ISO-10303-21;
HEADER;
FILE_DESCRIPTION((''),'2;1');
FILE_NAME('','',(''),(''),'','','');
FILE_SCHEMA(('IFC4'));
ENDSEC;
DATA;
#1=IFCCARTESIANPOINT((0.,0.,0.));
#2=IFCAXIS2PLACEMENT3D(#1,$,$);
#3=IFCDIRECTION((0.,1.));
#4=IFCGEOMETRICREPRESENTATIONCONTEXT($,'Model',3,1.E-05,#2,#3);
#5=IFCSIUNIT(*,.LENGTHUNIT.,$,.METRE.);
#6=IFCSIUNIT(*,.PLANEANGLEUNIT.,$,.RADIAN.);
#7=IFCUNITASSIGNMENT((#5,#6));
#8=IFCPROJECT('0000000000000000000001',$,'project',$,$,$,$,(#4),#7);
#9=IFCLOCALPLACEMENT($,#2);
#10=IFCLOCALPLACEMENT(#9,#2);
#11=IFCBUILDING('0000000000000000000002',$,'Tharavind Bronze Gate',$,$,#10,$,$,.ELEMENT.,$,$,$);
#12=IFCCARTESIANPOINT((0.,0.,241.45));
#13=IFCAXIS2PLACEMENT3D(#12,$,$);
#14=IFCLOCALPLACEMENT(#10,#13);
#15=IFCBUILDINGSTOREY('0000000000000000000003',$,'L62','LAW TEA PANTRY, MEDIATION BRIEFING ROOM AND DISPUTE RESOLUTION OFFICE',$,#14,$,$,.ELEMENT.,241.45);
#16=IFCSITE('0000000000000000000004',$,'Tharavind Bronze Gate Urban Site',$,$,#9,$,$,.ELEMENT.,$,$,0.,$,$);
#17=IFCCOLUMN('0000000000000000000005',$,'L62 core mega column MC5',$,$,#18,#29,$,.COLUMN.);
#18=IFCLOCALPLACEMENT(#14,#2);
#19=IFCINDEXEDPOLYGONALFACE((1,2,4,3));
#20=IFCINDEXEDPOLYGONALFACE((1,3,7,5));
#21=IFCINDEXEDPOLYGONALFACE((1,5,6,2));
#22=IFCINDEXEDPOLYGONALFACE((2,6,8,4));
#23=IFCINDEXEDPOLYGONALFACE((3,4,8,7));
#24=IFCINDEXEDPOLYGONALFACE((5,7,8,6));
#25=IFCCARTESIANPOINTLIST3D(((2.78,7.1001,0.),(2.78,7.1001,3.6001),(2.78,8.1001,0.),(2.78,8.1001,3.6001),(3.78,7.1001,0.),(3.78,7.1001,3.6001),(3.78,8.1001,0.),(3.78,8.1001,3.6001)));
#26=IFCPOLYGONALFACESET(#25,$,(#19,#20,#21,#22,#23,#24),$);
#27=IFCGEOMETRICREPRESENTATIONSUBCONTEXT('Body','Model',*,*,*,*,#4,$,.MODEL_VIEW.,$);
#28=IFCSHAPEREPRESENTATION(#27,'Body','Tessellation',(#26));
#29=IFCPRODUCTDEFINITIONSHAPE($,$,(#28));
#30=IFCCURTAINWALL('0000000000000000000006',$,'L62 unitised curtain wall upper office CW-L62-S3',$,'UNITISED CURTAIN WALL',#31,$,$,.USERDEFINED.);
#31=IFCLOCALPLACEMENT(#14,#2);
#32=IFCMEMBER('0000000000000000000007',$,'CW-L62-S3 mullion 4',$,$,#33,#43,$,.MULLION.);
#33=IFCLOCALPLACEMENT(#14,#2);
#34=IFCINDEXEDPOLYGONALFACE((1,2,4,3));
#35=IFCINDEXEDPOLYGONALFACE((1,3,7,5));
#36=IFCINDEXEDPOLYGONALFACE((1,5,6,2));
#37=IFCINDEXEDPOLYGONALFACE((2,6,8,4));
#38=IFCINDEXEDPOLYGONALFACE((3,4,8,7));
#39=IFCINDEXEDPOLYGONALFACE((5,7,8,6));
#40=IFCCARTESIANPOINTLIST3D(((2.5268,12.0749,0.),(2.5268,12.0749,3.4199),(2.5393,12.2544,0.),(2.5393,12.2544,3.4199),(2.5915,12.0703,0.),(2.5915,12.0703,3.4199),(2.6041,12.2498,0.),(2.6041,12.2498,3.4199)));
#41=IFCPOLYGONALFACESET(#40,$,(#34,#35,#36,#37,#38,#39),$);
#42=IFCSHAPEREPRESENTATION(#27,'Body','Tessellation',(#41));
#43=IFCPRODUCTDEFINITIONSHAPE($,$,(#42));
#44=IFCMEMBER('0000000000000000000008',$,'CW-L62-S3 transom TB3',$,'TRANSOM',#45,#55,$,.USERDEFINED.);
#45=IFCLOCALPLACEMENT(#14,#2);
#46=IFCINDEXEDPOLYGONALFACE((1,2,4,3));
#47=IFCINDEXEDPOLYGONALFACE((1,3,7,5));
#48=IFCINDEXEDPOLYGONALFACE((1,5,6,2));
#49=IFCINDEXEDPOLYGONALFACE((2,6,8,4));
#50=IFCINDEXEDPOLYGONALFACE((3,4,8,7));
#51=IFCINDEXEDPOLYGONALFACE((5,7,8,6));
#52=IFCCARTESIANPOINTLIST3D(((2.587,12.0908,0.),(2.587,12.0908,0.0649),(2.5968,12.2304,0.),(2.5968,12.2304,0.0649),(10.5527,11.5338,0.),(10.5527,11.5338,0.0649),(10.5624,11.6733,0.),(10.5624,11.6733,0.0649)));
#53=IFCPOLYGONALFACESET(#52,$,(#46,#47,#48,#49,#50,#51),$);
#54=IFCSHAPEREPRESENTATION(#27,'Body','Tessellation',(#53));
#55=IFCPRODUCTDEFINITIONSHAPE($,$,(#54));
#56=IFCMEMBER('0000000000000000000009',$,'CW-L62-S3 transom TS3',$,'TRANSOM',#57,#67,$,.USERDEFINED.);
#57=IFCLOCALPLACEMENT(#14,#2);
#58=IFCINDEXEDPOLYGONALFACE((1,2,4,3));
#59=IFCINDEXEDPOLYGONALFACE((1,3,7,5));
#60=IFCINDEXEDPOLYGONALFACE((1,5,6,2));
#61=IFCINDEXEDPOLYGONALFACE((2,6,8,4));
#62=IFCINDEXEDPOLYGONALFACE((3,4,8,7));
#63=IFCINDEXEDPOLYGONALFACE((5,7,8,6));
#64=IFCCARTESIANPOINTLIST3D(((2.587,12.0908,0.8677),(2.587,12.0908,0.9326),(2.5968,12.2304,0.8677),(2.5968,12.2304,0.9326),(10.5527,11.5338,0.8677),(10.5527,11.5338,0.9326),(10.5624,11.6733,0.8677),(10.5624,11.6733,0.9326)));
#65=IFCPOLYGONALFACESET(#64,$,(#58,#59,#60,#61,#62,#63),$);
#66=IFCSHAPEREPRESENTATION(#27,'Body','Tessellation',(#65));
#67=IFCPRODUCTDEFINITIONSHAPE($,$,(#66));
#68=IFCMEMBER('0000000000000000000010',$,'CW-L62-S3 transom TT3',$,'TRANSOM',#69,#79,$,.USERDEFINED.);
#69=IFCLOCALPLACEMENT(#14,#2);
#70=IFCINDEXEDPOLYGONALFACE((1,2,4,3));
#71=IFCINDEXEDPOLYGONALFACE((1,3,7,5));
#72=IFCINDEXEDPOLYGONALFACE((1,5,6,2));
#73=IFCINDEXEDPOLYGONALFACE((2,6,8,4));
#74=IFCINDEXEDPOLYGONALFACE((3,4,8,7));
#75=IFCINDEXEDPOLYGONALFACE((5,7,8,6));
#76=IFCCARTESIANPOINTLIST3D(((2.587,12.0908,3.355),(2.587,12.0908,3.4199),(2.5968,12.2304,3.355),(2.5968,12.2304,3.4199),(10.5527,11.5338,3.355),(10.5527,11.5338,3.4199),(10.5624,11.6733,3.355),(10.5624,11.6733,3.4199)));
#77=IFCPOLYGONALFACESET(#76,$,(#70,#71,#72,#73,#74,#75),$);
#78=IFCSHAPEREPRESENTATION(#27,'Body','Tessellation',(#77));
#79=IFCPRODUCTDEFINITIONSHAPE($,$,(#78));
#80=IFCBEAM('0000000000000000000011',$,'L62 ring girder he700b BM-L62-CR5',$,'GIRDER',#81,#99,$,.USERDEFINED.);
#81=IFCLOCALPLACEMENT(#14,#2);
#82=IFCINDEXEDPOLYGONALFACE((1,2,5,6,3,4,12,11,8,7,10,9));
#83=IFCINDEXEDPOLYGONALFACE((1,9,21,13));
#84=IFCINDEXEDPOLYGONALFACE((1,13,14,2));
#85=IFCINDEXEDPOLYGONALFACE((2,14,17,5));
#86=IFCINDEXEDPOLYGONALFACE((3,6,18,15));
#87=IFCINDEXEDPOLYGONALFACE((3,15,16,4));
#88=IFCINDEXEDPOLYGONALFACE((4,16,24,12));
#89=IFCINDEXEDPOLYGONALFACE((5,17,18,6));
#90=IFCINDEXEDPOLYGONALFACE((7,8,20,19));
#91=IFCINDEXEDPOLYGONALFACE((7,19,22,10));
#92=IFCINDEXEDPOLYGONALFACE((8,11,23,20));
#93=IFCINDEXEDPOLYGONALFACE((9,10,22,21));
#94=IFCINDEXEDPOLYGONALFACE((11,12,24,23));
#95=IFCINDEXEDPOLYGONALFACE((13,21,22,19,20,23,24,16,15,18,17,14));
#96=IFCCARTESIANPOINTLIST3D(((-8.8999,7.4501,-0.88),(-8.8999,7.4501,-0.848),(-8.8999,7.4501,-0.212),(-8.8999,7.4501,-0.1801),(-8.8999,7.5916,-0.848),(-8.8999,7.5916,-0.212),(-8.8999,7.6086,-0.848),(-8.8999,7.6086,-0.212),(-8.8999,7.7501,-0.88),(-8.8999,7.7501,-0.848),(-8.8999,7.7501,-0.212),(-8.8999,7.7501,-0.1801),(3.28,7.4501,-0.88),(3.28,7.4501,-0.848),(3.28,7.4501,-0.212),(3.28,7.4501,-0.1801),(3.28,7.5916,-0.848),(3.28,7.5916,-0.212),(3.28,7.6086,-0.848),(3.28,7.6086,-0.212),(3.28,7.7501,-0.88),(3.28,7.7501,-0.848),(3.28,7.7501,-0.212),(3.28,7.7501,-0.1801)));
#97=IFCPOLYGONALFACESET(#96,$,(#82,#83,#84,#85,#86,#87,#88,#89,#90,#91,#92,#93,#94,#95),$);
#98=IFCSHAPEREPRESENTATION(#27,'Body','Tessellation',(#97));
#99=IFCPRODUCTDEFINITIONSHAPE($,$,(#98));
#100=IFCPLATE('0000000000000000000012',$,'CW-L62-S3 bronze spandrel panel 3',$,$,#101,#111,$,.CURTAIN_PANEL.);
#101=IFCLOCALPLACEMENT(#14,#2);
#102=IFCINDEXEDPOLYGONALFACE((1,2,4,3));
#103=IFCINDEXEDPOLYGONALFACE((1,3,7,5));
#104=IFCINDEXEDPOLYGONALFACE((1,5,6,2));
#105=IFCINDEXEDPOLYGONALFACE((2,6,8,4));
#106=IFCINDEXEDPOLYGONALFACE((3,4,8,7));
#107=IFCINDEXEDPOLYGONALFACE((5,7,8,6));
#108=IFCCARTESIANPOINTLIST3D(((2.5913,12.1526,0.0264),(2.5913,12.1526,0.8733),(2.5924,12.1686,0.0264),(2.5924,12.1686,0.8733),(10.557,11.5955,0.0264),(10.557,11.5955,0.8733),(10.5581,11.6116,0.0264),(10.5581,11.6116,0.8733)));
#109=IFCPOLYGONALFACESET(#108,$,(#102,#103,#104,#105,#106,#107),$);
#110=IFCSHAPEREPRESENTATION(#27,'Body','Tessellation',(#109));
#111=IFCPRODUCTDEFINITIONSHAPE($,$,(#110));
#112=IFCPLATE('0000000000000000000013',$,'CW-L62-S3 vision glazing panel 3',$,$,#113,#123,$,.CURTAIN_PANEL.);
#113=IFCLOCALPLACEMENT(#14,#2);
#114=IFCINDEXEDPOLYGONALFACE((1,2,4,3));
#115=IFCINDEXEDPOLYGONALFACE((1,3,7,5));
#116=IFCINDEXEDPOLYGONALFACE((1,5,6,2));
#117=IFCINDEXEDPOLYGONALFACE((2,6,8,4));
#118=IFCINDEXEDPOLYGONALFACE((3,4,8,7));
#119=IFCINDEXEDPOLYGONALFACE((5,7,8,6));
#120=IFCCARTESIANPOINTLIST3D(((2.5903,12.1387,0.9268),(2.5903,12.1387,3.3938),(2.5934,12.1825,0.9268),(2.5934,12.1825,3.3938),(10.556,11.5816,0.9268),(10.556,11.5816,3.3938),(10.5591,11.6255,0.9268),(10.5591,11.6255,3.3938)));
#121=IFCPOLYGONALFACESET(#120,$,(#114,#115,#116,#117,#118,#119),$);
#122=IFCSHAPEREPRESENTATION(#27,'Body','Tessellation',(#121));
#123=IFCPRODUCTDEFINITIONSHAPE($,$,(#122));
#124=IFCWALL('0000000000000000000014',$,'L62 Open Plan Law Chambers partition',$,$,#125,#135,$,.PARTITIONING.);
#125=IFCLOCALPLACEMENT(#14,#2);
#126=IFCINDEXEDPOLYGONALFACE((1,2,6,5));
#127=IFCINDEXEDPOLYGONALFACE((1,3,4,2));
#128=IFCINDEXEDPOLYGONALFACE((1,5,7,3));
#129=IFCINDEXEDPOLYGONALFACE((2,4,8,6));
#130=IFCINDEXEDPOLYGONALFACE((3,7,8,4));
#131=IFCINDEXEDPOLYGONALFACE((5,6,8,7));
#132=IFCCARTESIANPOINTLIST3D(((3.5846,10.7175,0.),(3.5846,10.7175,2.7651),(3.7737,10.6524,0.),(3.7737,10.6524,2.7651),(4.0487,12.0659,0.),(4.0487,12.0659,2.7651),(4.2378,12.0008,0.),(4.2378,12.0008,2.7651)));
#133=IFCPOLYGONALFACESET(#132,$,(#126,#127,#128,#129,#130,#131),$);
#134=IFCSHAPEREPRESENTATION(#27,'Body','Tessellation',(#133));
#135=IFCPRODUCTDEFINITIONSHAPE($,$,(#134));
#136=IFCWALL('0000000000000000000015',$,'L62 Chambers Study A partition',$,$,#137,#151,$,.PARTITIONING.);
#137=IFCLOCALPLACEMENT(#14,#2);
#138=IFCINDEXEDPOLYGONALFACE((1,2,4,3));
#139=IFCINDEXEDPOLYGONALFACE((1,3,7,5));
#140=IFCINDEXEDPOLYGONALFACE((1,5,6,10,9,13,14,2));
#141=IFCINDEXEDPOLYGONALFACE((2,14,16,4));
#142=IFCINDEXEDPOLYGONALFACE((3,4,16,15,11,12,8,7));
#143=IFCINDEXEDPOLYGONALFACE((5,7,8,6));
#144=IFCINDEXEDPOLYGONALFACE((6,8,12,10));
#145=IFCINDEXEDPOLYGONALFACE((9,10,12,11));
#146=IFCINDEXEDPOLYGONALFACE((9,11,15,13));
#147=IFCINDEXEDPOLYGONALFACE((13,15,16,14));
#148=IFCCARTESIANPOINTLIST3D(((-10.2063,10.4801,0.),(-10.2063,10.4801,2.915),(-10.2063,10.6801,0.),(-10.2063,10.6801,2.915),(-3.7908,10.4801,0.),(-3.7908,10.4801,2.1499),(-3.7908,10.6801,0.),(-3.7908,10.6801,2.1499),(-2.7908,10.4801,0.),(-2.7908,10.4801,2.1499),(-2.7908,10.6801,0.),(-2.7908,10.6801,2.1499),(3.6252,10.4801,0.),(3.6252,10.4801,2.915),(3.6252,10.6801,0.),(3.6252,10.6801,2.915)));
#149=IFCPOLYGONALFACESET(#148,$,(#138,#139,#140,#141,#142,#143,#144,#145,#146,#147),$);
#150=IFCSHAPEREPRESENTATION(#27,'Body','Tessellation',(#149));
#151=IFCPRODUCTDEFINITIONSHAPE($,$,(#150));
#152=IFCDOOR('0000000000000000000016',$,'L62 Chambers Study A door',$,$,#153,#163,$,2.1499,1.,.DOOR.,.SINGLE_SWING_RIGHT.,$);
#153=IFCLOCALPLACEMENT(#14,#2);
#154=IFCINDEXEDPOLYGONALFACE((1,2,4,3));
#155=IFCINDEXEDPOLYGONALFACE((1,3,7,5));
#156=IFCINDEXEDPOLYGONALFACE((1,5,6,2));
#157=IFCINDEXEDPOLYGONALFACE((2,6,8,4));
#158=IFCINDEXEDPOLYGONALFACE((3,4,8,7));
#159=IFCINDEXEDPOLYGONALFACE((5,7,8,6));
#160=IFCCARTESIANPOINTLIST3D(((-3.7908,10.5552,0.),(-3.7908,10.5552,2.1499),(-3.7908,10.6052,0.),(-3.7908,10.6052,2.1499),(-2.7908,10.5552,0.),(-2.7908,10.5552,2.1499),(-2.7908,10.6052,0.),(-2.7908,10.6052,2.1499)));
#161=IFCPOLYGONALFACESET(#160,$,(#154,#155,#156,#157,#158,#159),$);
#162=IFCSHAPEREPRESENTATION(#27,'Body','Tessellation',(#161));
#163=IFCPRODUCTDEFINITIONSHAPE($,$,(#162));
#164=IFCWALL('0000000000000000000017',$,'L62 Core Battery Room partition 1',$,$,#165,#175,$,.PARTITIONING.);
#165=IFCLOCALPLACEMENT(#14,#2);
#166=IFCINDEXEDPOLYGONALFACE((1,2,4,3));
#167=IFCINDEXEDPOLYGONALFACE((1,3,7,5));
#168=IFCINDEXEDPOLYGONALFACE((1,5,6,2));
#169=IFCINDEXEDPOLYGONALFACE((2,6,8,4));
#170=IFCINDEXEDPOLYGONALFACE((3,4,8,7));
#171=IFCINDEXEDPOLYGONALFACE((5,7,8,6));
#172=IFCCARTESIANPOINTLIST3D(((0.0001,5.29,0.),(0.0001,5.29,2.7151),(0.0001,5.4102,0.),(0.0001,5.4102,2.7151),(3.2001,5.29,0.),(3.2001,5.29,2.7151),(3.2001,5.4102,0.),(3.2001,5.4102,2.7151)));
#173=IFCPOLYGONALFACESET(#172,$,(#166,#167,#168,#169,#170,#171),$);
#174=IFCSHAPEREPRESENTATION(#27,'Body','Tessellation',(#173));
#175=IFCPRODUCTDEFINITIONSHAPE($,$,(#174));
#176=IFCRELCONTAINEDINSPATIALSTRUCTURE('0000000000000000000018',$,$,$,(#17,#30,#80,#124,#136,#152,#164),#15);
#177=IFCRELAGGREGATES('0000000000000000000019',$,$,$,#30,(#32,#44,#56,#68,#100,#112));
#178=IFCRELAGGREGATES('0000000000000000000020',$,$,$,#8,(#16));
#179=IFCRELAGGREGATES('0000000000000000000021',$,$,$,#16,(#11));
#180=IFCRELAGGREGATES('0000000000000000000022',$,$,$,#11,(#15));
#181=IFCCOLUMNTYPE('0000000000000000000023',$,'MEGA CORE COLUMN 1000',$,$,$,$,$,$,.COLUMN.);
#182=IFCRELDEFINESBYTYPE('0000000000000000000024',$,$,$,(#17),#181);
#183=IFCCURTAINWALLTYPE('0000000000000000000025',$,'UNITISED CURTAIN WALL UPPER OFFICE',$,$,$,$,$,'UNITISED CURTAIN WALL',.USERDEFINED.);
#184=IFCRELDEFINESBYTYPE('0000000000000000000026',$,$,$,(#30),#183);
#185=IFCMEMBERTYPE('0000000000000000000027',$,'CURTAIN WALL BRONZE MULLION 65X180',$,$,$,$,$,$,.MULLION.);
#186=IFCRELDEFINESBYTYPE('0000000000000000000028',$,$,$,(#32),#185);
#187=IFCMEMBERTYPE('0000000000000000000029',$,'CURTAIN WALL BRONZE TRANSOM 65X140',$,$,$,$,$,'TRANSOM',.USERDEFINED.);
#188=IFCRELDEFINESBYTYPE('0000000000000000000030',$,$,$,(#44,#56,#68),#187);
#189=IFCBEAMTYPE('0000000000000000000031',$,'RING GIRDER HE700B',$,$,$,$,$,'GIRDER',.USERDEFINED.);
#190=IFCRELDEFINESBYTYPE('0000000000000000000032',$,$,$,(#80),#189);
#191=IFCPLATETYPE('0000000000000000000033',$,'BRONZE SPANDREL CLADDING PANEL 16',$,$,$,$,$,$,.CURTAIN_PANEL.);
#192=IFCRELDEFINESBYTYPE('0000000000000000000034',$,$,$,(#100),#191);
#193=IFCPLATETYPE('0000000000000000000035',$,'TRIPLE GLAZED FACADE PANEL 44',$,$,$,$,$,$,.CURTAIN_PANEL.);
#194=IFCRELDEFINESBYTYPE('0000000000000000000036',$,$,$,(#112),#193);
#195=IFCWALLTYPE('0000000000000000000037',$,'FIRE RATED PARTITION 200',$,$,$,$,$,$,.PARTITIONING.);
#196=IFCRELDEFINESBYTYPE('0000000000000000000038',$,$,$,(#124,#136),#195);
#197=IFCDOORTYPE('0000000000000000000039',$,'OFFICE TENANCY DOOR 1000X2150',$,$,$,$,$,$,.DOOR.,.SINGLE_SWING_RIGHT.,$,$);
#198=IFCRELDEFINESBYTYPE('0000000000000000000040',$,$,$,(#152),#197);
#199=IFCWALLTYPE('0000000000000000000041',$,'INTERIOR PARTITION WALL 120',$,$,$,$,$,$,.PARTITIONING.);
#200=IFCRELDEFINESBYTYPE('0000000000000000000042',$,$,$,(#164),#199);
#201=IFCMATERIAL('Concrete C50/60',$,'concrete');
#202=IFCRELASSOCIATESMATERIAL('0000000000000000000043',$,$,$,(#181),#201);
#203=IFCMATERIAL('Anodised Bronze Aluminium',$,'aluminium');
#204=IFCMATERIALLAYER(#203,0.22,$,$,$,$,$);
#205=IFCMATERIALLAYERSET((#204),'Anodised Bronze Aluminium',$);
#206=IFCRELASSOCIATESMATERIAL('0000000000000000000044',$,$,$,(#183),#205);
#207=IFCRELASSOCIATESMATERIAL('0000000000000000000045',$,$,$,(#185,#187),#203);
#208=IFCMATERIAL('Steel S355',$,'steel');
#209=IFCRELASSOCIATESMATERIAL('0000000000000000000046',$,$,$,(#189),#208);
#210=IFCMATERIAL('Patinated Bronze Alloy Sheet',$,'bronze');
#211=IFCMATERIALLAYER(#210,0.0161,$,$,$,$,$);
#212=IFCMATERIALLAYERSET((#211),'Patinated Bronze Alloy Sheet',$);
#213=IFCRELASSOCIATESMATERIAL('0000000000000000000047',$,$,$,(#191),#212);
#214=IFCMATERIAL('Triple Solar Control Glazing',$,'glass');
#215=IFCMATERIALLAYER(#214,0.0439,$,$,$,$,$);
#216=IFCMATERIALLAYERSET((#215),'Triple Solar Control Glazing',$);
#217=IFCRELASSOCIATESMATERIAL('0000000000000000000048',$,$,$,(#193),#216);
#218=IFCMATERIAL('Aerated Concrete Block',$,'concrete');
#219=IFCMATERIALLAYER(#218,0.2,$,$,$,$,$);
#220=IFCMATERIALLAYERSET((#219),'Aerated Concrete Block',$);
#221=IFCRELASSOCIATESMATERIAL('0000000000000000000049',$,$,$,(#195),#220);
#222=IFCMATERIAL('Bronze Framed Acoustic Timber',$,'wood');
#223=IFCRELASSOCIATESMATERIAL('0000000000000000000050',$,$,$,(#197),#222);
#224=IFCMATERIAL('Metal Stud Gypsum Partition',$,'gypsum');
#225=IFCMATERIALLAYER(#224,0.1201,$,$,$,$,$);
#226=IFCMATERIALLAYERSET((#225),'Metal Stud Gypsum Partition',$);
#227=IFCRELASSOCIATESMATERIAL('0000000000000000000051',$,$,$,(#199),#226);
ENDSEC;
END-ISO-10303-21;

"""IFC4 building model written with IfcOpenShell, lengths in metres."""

from ifc_helpers import new_model, si_unit, direction, frame, frame_2d, origin, origin_2d, place, context, subcontext, project, spatial, rectangle, i_section, extrude, material, layer, layer_set, material_profile, profile_set, type_object, element, fill, aggregate, save


model = new_model("IFC4")

# Units and contexts
model_context = context("Model", 3, precision=1e-05, world=origin(), true_north=direction((0.0, 1.0)))
body_context = subcontext(model_context, "Body", "Model", "MODEL_VIEW")
ifc_project = project(units=[si_unit("LENGTHUNIT", "METRE"), si_unit("PLANEANGLEUNIT", "RADIAN")], contexts=[model_context])

# Site, building, storey
site_placement = place(None, origin())
site = spatial("IfcSite", under=ifc_project, at=site_placement, Name="Tharavind Bronze Gate Urban Site", CompositionType="ELEMENT", RefElevation=0.0)
building_placement = place(site_placement, origin())
building = spatial("IfcBuilding", under=site, at=building_placement, Name="Tharavind Bronze Gate", CompositionType="ELEMENT")
storey_placement = place(building_placement, frame((0.0, 0.0, 241.45)))
storey = spatial("IfcBuildingStorey", under=building, at=storey_placement, Name="L62", Description="LAW TEA PANTRY, MEDIATION BRIEFING ROOM AND DISPUTE RESOLUTION OFFICE", CompositionType="ELEMENT", Elevation=241.45)

# Column
ifc_material_1 = material(Name="Concrete C50/60", Category="concrete")
ifc_material_profile_1 = material_profile(ifc_material_1, rectangle(XDim=1.0, YDim=1.0, at=origin_2d()), Name="RCCOL1000")
ifc_profile_set_1 = profile_set([ifc_material_profile_1], Name="Concrete C50/60")
column_type = type_object("IfcColumnType", Name="MEGA CORE COLUMN 1000", PredefinedType="COLUMN", material=ifc_profile_set_1)
column_placement = place(storey_placement, frame((3.28, 7.6001, 0.0), z_axis=(0.0, 0.0, 1.0), x_axis=(1.0, 0.0, 0.0)))
element("IfcColumn", 1, at=column_placement, inside=storey, type_object=column_type, Name="L62 core mega column MC5", PredefinedType="COLUMN", context=body_context, shape_type="SweptSolid", body=[
    extrude(rectangle(XDim=1.0, YDim=1.0, at=origin_2d()), origin(), (0.0, 0.0, 1.0), 3.6001),
])

# Curtain wall, members
ifc_material_2 = material(Name="Anodised Bronze Aluminium", Category="aluminium")
ifc_layer_1 = layer(ifc_material_2, 0.22)
ifc_layer_set_1 = layer_set([ifc_layer_1], Name="Anodised Bronze Aluminium")
curtain_wall_type = type_object("IfcCurtainWallType", Name="UNITISED CURTAIN WALL UPPER OFFICE", ElementType="UNITISED CURTAIN WALL", PredefinedType="USERDEFINED", material=ifc_layer_set_1)
curtain_wall_placement = place(storey_placement, origin())
curtain_wall = element("IfcCurtainWall", 2, at=curtain_wall_placement, inside=storey, type_object=curtain_wall_type, Name="L62 unitised curtain wall upper office CW-L62-S3", ObjectType="UNITISED CURTAIN WALL", PredefinedType="USERDEFINED")
member_type_1 = type_object("IfcMemberType", Name="CURTAIN WALL BRONZE MULLION 65X180", PredefinedType="MULLION", material=ifc_material_2)
member_1_placement = place(storey_placement, frame((2.5654, 12.1624, 0.0), z_axis=(0.0, 0.0, 1.0), x_axis=(-0.997564, 0.069758, 0.0)))
member_1 = element("IfcMember", 3, at=member_1_placement, type_object=member_type_1, Name="CW-L62-S3 mullion 4", PredefinedType="MULLION", context=body_context, shape_type="SweptSolid", body=[
    extrude(rectangle(XDim=0.0649, YDim=0.1799, at=origin_2d()), origin(), (0.0, 0.0, 1.0), 3.4199),
])
member_type_2 = type_object("IfcMemberType", Name="CURTAIN WALL BRONZE TRANSOM 65X140", ElementType="TRANSOM", PredefinedType="USERDEFINED", material=ifc_material_2)
member_2_placement = place(storey_placement, frame((6.5747, 11.8821, 0.0), z_axis=(0.0, 0.0, 1.0), x_axis=(-0.997564, 0.069758, 0.0)))
member_2 = element("IfcMember", 4, at=member_2_placement, type_object=member_type_2, Name="CW-L62-S3 transom TB3", ObjectType="TRANSOM", PredefinedType="USERDEFINED", context=body_context, shape_type="SweptSolid", body=[
    extrude(rectangle(XDim=7.9851, YDim=0.1399, at=origin_2d()), origin(), (0.0, 0.0, 1.0), 0.0649),
])
member_3_placement = place(storey_placement, frame((6.5747, 11.8821, 0.8677), z_axis=(0.0, 0.0, 1.0), x_axis=(-0.997564, 0.069758, 0.0)))
member_3 = element("IfcMember", 5, at=member_3_placement, type_object=member_type_2, Name="CW-L62-S3 transom TS3", ObjectType="TRANSOM", PredefinedType="USERDEFINED", context=body_context, shape_type="SweptSolid", body=[
    extrude(rectangle(XDim=7.9851, YDim=0.1399, at=origin_2d()), origin(), (0.0, 0.0, 1.0), 0.0649),
])
member_4_placement = place(storey_placement, frame((6.5747, 11.8821, 3.355), z_axis=(0.0, 0.0, 1.0), x_axis=(-0.997564, 0.069758, 0.0)))
member_4 = element("IfcMember", 6, at=member_4_placement, type_object=member_type_2, Name="CW-L62-S3 transom TT3", ObjectType="TRANSOM", PredefinedType="USERDEFINED", context=body_context, shape_type="SweptSolid", body=[
    extrude(rectangle(XDim=7.9851, YDim=0.1399, at=origin_2d()), origin(), (0.0, 0.0, 1.0), 0.0649),
])

# Beam
ifc_material_3 = material(Name="Steel S355", Category="steel")
ifc_material_profile_2 = material_profile(ifc_material_3, i_section(OverallWidth=0.3, OverallDepth=0.7, WebThickness=0.0171, FlangeThickness=0.032, at=origin_2d()), Name="HE700B")
ifc_profile_set_2 = profile_set([ifc_material_profile_2], Name="Steel S355")
beam_type = type_object("IfcBeamType", Name="RING GIRDER HE700B", ElementType="GIRDER", PredefinedType="USERDEFINED", material=ifc_profile_set_2)
beam_placement = place(storey_placement, frame((3.28, 7.6001, -0.53), z_axis=(-1.0, 0.0, 0.0), x_axis=(0.0, -1.0, 0.0)))
element("IfcBeam", 7, at=beam_placement, inside=storey, type_object=beam_type, Name="L62 ring girder he700b BM-L62-CR5", ObjectType="GIRDER", PredefinedType="USERDEFINED", context=body_context, shape_type="SweptSolid", body=[
    extrude(i_section(OverallWidth=0.3, OverallDepth=0.7, WebThickness=0.0171, FlangeThickness=0.032, at=origin_2d()), origin(), (0.0, 0.0, 1.0), 12.1799),
])

# Plates
ifc_material_4 = material(Name="Patinated Bronze Alloy Sheet", Category="bronze")
ifc_layer_2 = layer(ifc_material_4, 0.0161)
ifc_layer_set_2 = layer_set([ifc_layer_2], Name="Patinated Bronze Alloy Sheet")
plate_type_1 = type_object("IfcPlateType", Name="BRONZE SPANDREL CLADDING PANEL 16", PredefinedType="CURTAIN_PANEL", material=ifc_layer_set_2)
plate_1_placement = place(storey_placement, frame((6.5747, 11.8821, 0.0264), z_axis=(0.0, 0.0, 1.0), x_axis=(-0.997564, 0.069758, 0.0)))
plate_1 = element("IfcPlate", 8, at=plate_1_placement, type_object=plate_type_1, Name="CW-L62-S3 bronze spandrel panel 3", PredefinedType="CURTAIN_PANEL", context=body_context, shape_type="SweptSolid", body=[
    extrude(rectangle(XDim=7.9851, YDim=0.0161, at=origin_2d()), origin(), (0.0, 0.0, 1.0), 0.8469),
])
ifc_material_5 = material(Name="Triple Solar Control Glazing", Category="glass")
ifc_layer_3 = layer(ifc_material_5, 0.0439)
ifc_layer_set_3 = layer_set([ifc_layer_3], Name="Triple Solar Control Glazing")
plate_type_2 = type_object("IfcPlateType", Name="TRIPLE GLAZED FACADE PANEL 44", PredefinedType="CURTAIN_PANEL", material=ifc_layer_set_3)
plate_2_placement = place(storey_placement, frame((6.5747, 11.8821, 0.9268), z_axis=(0.0, 0.0, 1.0), x_axis=(-0.997564, 0.069758, 0.0)))
plate_2 = element("IfcPlate", 9, at=plate_2_placement, type_object=plate_type_2, Name="CW-L62-S3 vision glazing panel 3", PredefinedType="CURTAIN_PANEL", context=body_context, shape_type="SweptSolid", body=[
    extrude(rectangle(XDim=7.9851, YDim=0.0439, at=origin_2d()), origin(), (0.0, 0.0, 1.0), 2.467),
])
aggregate(curtain_wall, [member_1, member_2, member_3, member_4, plate_1, plate_2])

# Wall
ifc_material_6 = material(Name="Aerated Concrete Block", Category="concrete")
ifc_layer_4 = layer(ifc_material_6, 0.2)
ifc_layer_set_4 = layer_set([ifc_layer_4], Name="Aerated Concrete Block")
wall_type_1 = type_object("IfcWallType", Name="FIRE RATED PARTITION 200", PredefinedType="PARTITIONING", material=ifc_layer_set_4)
wall_1_placement = place(storey_placement, frame((3.6792, 10.6851, 0.0), z_axis=(0.0, 0.0, 1.0), x_axis=(0.325458, 0.945557, 0.0)))
element("IfcWall", 10, at=wall_1_placement, inside=storey, type_object=wall_type_1, Name="L62 Open Plan Law Chambers partition", PredefinedType="PARTITIONING", context=body_context, shape_type="SweptSolid", body=[
    extrude(rectangle(XDim=1.426, YDim=0.2, at=frame_2d((0.7129, 0.0))), origin(), (0.0, 0.0, 1.0), 2.7651),
])

# Wall, opening, door
wall_2_placement = place(storey_placement, frame((3.6252, 10.5801, 0.0), z_axis=(0.0, 0.0, 1.0), x_axis=(-1.0, 0.0, 0.0)))
wall_2 = element("IfcWall", 11, at=wall_2_placement, inside=storey, type_object=wall_type_1, Name="L62 Chambers Study A partition", PredefinedType="PARTITIONING", context=body_context, shape_type="SweptSolid", body=[
    extrude(rectangle(XDim=13.8315, YDim=0.2, at=frame_2d((6.9158, 0.0))), origin(), (0.0, 0.0, 1.0), 2.915),
])
opening_1_placement = place(wall_2_placement, frame((6.416, 0.0, 0.0)))
opening_1 = element("IfcOpeningElement", 12, at=opening_1_placement, cuts=wall_2, PredefinedType="OPENING", context=body_context, shape_type="SweptSolid", body=[
    extrude(rectangle(XDim=1.0, YDim=2.1499, at=frame_2d((0.5, 1.075))), frame((0.0, 0.1101, 0.0), z_axis=(0.0, -1.0, 0.0), x_axis=(1.0, 0.0, 0.0)), (0.0, 0.0, 1.0), 0.22),
])
ifc_material_7 = material(Name="Bronze Framed Acoustic Timber", Category="wood")
door_type_1 = type_object("IfcDoorType", Name="OFFICE TENANCY DOOR 1000X2150", OperationType="SINGLE_SWING_RIGHT", PredefinedType="DOOR", material=ifc_material_7)
door_1_placement = place(opening_1_placement, origin())
door_1 = element("IfcDoor", 13, at=door_1_placement, inside=storey, type_object=door_type_1, Name="L62 Chambers Study A door", OperationType="SINGLE_SWING_RIGHT", OverallHeight=2.1499, OverallWidth=1.0, PredefinedType="DOOR", context=body_context, shape_type="SweptSolid", body=[
    extrude(rectangle(XDim=1.0, YDim=2.1499, at=frame_2d((0.5, 1.075))), frame((0.0, 0.0249, 0.0), z_axis=(0.0, -1.0, 0.0), x_axis=(1.0, 0.0, 0.0)), (0.0, 0.0, 1.0), 0.05),
])
fill(opening_1, door_1)

# Wall
ifc_material_8 = material(Name="Metal Stud Gypsum Partition", Category="gypsum")
ifc_layer_5 = layer(ifc_material_8, 0.1201)
ifc_layer_set_5 = layer_set([ifc_layer_5], Name="Metal Stud Gypsum Partition")
wall_type_2 = type_object("IfcWallType", Name="INTERIOR PARTITION WALL 120", PredefinedType="PARTITIONING", material=ifc_layer_set_5)
wall_3_placement = place(storey_placement, frame((0.0, 5.3501, 0.0), z_axis=(0.0, 0.0, 1.0), x_axis=(1.0, 0.0, 0.0)))
element("IfcWall", 14, at=wall_3_placement, inside=storey, type_object=wall_type_2, Name="L62 Core Battery Room partition 1", PredefinedType="PARTITIONING", context=body_context, shape_type="SweptSolid", body=[
    extrude(rectangle(XDim=3.2, YDim=0.1201, at=frame_2d((1.6001, 0.0))), origin(), (0.0, 0.0, 1.0), 2.7151),
])

save(model, "model.ifc")
